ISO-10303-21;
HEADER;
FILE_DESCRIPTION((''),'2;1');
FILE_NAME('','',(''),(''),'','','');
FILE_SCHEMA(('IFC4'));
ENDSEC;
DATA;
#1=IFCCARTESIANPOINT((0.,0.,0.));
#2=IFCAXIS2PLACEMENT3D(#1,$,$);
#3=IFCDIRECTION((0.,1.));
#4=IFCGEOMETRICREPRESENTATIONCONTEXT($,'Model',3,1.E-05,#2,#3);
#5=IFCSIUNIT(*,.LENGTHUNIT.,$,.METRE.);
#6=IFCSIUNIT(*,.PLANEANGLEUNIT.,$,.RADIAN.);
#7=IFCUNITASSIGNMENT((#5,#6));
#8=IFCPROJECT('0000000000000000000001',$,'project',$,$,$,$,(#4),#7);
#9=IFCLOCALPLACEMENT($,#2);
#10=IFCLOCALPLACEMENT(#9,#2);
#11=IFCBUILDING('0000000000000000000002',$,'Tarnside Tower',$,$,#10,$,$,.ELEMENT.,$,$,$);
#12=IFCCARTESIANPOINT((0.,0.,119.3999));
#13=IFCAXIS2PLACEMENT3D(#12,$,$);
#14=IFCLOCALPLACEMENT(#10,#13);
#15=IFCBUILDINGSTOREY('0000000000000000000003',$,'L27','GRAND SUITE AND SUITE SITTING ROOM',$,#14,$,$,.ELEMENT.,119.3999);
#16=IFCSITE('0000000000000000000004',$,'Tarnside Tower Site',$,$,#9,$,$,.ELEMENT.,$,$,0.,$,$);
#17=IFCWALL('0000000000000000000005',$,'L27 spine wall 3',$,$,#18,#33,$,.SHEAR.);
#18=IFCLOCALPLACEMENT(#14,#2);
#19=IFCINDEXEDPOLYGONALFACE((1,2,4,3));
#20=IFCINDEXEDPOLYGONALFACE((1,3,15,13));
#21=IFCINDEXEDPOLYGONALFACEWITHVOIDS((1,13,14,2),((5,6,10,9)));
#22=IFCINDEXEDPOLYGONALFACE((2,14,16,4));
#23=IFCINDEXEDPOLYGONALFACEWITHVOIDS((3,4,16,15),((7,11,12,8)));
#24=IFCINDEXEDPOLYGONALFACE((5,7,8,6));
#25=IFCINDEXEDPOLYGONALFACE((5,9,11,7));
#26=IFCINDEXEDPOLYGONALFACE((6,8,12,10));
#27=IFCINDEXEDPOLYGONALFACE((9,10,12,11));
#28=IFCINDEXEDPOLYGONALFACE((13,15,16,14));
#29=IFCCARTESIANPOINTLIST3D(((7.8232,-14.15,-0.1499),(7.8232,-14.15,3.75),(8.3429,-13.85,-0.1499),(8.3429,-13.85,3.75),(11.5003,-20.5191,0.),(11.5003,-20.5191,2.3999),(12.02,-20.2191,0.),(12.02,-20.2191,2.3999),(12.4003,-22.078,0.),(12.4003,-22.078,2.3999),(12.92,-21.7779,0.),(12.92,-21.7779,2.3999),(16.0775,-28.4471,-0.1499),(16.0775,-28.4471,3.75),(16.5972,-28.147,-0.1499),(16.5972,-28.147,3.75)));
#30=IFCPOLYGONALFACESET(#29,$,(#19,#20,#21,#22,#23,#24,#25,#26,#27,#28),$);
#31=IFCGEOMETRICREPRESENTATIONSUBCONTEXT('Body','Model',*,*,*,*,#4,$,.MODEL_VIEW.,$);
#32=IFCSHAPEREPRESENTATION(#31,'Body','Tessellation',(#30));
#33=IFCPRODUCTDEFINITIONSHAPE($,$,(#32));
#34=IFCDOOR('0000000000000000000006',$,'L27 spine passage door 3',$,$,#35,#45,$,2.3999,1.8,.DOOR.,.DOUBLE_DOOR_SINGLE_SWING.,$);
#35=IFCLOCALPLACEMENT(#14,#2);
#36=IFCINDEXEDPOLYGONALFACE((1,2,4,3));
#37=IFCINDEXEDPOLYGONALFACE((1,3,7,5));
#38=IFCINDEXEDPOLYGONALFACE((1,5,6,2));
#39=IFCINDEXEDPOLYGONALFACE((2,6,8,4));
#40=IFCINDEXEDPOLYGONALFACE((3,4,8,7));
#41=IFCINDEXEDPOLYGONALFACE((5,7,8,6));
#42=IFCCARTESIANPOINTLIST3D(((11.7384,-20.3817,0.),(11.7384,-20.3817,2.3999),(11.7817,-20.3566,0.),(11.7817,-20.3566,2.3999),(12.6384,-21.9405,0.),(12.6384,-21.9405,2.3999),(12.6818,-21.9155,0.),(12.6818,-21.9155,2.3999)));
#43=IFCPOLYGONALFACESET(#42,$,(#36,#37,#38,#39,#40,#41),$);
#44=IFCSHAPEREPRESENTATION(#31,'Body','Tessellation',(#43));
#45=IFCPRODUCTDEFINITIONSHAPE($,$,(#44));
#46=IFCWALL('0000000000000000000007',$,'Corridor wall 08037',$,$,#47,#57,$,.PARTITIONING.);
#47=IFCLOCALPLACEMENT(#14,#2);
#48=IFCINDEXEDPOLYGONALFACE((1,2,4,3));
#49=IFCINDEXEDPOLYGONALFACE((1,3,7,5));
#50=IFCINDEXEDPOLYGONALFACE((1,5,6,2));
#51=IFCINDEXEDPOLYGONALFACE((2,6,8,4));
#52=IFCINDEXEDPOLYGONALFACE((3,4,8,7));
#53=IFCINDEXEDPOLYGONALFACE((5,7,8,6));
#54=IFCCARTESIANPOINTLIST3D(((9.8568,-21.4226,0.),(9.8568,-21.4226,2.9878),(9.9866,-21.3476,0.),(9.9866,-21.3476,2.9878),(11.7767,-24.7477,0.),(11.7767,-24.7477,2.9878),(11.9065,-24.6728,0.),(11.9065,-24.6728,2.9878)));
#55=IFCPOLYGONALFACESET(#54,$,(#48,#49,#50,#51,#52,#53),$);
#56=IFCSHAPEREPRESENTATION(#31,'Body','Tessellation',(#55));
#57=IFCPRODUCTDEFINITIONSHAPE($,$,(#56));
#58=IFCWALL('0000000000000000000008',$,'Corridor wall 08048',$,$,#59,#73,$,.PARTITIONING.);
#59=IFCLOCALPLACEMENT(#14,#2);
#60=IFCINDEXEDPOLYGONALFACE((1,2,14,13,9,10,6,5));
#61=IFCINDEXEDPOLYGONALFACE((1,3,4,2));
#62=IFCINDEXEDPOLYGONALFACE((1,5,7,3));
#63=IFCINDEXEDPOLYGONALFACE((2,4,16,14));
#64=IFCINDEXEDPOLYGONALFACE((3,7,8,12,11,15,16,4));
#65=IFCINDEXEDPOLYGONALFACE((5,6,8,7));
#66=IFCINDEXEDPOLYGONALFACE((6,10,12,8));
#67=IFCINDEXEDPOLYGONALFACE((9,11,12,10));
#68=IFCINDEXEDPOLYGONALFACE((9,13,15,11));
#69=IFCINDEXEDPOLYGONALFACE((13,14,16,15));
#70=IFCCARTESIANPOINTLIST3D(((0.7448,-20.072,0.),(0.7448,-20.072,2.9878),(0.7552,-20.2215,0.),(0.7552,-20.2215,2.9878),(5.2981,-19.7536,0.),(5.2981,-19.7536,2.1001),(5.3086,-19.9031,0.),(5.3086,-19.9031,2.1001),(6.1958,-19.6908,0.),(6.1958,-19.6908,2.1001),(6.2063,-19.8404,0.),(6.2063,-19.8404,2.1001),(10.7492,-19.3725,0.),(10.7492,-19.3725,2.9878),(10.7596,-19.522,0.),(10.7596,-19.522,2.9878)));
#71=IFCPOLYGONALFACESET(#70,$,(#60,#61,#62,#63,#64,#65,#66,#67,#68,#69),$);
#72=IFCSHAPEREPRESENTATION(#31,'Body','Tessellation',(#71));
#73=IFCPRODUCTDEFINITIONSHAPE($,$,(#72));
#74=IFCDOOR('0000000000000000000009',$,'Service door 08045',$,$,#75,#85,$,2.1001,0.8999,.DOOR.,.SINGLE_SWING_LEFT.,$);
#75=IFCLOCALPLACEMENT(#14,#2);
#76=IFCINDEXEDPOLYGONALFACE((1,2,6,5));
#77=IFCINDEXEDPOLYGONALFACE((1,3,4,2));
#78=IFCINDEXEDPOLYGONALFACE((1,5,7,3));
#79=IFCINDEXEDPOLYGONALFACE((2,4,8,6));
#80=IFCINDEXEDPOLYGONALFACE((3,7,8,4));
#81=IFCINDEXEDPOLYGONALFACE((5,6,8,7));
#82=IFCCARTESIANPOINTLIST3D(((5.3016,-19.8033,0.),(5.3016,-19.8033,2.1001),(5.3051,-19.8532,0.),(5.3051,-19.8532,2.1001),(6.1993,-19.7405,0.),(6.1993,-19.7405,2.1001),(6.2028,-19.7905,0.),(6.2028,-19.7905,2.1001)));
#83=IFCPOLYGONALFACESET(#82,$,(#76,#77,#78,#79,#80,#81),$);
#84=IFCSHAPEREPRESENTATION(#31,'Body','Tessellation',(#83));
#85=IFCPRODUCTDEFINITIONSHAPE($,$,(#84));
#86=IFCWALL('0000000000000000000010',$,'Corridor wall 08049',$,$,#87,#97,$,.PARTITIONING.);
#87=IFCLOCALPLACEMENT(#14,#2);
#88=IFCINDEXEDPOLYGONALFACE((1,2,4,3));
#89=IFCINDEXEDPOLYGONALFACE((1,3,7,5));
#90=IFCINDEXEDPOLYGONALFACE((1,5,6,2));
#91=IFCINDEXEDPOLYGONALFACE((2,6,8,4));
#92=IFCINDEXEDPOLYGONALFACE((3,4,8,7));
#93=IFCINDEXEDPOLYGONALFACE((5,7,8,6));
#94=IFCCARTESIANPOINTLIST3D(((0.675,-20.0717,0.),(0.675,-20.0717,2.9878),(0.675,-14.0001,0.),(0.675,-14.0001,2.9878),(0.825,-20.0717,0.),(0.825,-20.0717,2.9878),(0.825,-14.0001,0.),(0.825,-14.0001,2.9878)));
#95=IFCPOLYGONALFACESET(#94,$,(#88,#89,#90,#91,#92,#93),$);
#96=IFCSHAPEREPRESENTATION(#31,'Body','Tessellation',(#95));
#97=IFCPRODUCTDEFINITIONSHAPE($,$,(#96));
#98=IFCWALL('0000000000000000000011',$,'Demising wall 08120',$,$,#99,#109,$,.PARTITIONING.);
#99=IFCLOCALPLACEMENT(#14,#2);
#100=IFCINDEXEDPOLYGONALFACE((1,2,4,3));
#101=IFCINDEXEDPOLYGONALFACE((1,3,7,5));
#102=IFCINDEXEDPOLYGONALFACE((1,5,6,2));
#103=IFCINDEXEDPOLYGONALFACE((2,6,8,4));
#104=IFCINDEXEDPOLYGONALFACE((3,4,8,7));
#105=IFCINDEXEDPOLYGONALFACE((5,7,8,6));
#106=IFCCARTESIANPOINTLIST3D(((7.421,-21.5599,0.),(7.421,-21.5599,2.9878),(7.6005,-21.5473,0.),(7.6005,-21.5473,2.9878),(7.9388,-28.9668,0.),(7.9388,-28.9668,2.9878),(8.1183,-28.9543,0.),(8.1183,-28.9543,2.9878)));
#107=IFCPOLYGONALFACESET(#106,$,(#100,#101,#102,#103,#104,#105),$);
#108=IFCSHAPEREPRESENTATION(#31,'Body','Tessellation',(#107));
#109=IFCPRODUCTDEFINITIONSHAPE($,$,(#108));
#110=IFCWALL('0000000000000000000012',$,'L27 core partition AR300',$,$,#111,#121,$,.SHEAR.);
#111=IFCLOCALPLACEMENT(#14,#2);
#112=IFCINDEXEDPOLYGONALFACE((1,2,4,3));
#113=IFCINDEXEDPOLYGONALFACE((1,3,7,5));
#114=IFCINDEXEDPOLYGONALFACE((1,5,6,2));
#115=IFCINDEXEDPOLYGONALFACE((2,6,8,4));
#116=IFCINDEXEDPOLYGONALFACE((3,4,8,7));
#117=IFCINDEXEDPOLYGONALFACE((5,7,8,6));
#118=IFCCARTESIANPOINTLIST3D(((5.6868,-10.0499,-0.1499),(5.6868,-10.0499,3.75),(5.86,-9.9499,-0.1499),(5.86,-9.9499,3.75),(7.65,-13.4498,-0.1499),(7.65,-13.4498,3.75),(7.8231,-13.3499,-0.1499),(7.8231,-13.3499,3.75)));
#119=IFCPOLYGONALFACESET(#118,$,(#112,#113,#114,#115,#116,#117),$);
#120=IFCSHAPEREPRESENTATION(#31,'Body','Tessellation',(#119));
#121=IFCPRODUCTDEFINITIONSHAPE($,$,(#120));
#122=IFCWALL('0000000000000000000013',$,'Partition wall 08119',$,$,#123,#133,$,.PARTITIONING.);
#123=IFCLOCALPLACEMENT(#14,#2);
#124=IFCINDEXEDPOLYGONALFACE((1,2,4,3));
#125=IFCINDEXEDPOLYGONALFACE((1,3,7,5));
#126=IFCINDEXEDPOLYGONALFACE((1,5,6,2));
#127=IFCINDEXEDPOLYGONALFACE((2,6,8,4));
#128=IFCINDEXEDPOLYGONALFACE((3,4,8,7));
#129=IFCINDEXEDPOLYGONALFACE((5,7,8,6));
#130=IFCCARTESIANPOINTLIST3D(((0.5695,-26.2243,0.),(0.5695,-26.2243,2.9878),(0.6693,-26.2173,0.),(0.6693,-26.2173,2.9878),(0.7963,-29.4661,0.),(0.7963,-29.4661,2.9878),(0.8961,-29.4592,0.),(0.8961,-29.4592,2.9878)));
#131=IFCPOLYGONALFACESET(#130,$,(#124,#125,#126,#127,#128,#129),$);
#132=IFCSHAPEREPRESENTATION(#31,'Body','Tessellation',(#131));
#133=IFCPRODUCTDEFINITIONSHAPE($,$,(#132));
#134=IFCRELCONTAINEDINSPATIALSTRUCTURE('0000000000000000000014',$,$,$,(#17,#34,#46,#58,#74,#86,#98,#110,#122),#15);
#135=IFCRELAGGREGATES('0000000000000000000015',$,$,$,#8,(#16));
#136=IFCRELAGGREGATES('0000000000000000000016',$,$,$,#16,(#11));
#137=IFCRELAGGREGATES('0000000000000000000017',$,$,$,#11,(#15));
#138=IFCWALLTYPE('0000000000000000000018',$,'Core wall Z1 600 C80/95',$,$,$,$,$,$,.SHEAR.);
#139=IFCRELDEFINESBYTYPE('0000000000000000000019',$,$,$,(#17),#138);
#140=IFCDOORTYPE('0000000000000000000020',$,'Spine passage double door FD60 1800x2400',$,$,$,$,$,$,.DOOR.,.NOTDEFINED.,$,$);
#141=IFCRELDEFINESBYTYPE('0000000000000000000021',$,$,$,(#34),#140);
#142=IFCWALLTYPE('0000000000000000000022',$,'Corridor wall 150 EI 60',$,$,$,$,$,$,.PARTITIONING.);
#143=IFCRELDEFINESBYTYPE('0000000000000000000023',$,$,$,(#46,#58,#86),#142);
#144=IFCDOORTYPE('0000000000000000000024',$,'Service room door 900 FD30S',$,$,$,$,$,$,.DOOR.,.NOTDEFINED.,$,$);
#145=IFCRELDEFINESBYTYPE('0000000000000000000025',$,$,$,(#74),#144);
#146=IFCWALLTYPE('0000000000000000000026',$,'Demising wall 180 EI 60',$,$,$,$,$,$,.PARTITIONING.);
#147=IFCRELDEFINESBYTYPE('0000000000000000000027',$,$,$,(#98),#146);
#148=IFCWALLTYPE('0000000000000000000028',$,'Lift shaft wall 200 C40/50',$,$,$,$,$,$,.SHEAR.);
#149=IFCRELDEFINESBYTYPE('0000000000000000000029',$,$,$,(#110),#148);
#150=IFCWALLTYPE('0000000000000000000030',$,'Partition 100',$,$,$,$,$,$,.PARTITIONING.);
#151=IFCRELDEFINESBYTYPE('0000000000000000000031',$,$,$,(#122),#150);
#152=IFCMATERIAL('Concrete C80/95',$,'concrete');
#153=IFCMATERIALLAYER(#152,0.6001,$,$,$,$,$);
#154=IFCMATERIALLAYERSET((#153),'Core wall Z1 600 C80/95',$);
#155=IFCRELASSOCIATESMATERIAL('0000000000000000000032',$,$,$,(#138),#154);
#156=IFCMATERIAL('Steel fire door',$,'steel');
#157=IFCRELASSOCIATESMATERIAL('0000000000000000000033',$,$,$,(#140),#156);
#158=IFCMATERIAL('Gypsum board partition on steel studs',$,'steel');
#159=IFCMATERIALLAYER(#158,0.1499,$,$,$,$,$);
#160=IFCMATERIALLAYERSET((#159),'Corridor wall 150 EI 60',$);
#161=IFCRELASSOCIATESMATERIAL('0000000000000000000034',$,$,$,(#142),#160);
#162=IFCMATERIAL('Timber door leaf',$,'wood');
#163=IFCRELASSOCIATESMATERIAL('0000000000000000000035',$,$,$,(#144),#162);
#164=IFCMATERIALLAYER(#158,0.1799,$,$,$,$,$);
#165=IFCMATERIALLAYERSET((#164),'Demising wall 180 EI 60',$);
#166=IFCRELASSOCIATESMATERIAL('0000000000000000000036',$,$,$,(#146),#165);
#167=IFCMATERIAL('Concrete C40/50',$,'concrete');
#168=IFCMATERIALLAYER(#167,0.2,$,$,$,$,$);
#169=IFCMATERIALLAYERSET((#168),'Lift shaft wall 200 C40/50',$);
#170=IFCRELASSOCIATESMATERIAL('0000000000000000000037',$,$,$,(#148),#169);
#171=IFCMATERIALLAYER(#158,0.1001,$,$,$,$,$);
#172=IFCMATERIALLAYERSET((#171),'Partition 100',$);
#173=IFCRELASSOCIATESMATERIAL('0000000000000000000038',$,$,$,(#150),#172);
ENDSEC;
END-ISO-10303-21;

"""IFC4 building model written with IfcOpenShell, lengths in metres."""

from ifc_helpers import new_model, si_unit, direction, frame, frame_2d, origin, place, context, subcontext, project, spatial, rectangle, extrude, material, layer, layer_set, type_object, element, fill, save


model = new_model("IFC4")

# Units and contexts
model_context = context("Model", 3, precision=1e-05, world=origin(), true_north=direction((0.0, 1.0)))
body_context = subcontext(model_context, "Body", "Model", "MODEL_VIEW")
ifc_project = project(units=[si_unit("LENGTHUNIT", "METRE"), si_unit("PLANEANGLEUNIT", "RADIAN")], contexts=[model_context])

# Site, building, storey
site_placement = place(None, origin())
site = spatial("IfcSite", under=ifc_project, at=site_placement, Name="Tarnside Tower Site", CompositionType="ELEMENT", RefElevation=0.0)
building_placement = place(site_placement, origin())
building = spatial("IfcBuilding", under=site, at=building_placement, Name="Tarnside Tower", CompositionType="ELEMENT")
storey_placement = place(building_placement, frame((0.0, 0.0, 119.3999)))
storey = spatial("IfcBuildingStorey", under=building, at=storey_placement, Name="L27", Description="GRAND SUITE AND SUITE SITTING ROOM", CompositionType="ELEMENT", Elevation=119.3999)

# Shared definitions
ifc_material_1 = material(Name="Gypsum board partition on steel studs", Category="steel")

# Shared definitions
ifc_material_2 = material(Name="Timber door leaf", Category="wood")

# Wall, opening, door
ifc_material_3 = material(Name="Steel fire door", Category="steel")
ifc_material_4 = material(Name="Concrete C80/95", Category="concrete")
ifc_layer_1 = layer(ifc_material_4, 0.6001)
ifc_layer_set_1 = layer_set([ifc_layer_1], Name="Core wall Z1 600 C80/95")
wall_type_1 = type_object("IfcWallType", Name="Core wall Z1 600 C80/95", PredefinedType="SHEAR", material=ifc_layer_set_1)
wall_1_placement = place(storey_placement, frame((8.083, -14.0, -0.1499), z_axis=(0.0, 0.0, 1.0), x_axis=(0.499998, -0.866027, 0.0)))
wall_1 = element("IfcWall", 1, at=wall_1_placement, inside=storey, type_object=wall_type_1, Name="L27 spine wall 3", PredefinedType="SHEAR", context=body_context, shape_type="SweptSolid", body=[
    extrude(rectangle(XDim=16.5088, YDim=0.6001, at=frame_2d((8.2544, 0.0))), origin(), (0.0, 0.0, 1.0), 3.8999),
])
opening_1_placement = place(wall_1_placement, frame((7.3545, 0.0, 0.1499)))
opening_1 = element("IfcOpeningElement", 2, at=opening_1_placement, cuts=wall_1, PredefinedType="OPENING", context=body_context, shape_type="SweptSolid", body=[
    extrude(rectangle(XDim=1.8, YDim=2.3999, at=frame_2d((0.8999, 1.2))), frame((0.0, 0.3101, 0.0), z_axis=(0.0, -1.0, 0.0), x_axis=(1.0, 0.0, 0.0)), (0.0, 0.0, 1.0), 0.6201),
])
door_type_1 = type_object("IfcDoorType", Name="Spine passage double door FD60 1800x2400", OperationType="NOTDEFINED", PredefinedType="DOOR", material=ifc_material_3)
door_1_placement = place(opening_1_placement, origin())
door_1 = element("IfcDoor", 3, at=door_1_placement, inside=storey, type_object=door_type_1, Name="L27 spine passage door 3", OperationType="DOUBLE_DOOR_SINGLE_SWING", OverallHeight=2.3999, OverallWidth=1.8, PredefinedType="DOOR", context=body_context, shape_type="SweptSolid", body=[
    extrude(rectangle(XDim=1.8, YDim=2.3999, at=frame_2d((0.8999, 1.2))), frame((0.0, 0.0249, 0.0), z_axis=(0.0, -1.0, 0.0), x_axis=(1.0, 0.0, 0.0)), (0.0, 0.0, 1.0), 0.05),
])
fill(opening_1, door_1)

# Wall
ifc_layer_2 = layer(ifc_material_1, 0.1499)
ifc_layer_set_2 = layer_set([ifc_layer_2], Name="Corridor wall 150 EI 60")
wall_type_2 = type_object("IfcWallType", Name="Corridor wall 150 EI 60", PredefinedType="PARTITIONING", material=ifc_layer_set_2)
wall_2_placement = place(storey_placement, frame((9.9216, -21.385, 0.0), z_axis=(0.0, 0.0, 1.0), x_axis=(0.500023, -0.866012, 0.0)))
element("IfcWall", 4, at=wall_2_placement, inside=storey, type_object=wall_type_2, Name="Corridor wall 08037", PredefinedType="PARTITIONING", context=body_context, shape_type="SweptSolid", body=[
    extrude(rectangle(XDim=3.8396, YDim=0.1499, at=frame_2d((1.9199, 0.0))), origin(), (0.0, 0.0, 1.0), 2.9878),
])

# Wall, opening, door
wall_3_placement = place(storey_placement, frame((10.7544, -19.4473, 0.0), z_axis=(0.0, 0.0, 1.0), x_axis=(-0.997565, -0.069745, 0.0)))
wall_3 = element("IfcWall", 5, at=wall_3_placement, inside=storey, type_object=wall_type_2, Name="Corridor wall 08048", PredefinedType="PARTITIONING", context=body_context, shape_type="SweptSolid", body=[
    extrude(rectangle(XDim=10.0288, YDim=0.1499, at=frame_2d((5.0144, 0.0))), origin(), (0.0, 0.0, 1.0), 2.9878),
])
opening_2_placement = place(wall_3_placement, frame((4.5645, 0.0, 0.0)))
opening_2 = element("IfcOpeningElement", 6, at=opening_2_placement, cuts=wall_3, PredefinedType="OPENING", context=body_context, shape_type="SweptSolid", body=[
    extrude(rectangle(XDim=0.8999, YDim=2.1001, at=frame_2d((0.45, 1.05))), frame((0.0, 0.085, 0.0), z_axis=(0.0, -1.0, 0.0), x_axis=(1.0, 0.0, 0.0)), (0.0, 0.0, 1.0), 0.1699),
])
door_type_2 = type_object("IfcDoorType", Name="Service room door 900 FD30S", OperationType="NOTDEFINED", PredefinedType="DOOR", material=ifc_material_2)
door_2_placement = place(opening_2_placement, origin())
door_2 = element("IfcDoor", 7, at=door_2_placement, inside=storey, type_object=door_type_2, Name="Service door 08045", OperationType="SINGLE_SWING_LEFT", OverallHeight=2.1001, OverallWidth=0.8999, PredefinedType="DOOR", context=body_context, shape_type="SweptSolid", body=[
    extrude(rectangle(XDim=0.8999, YDim=2.1001, at=frame_2d((0.45, 1.05))), frame((0.0, 0.0249, 0.0), z_axis=(0.0, -1.0, 0.0), x_axis=(1.0, 0.0, 0.0)), (0.0, 0.0, 1.0), 0.05),
])
fill(opening_2, door_2)

# Walls
wall_4_placement = place(storey_placement, frame((0.75, -20.0715, 0.0), z_axis=(0.0, 0.0, 1.0), x_axis=(0.0, 1.0, 0.0)))
element("IfcWall", 8, at=wall_4_placement, inside=storey, type_object=wall_type_2, Name="Corridor wall 08049", PredefinedType="PARTITIONING", context=body_context, shape_type="SweptSolid", body=[
    extrude(rectangle(XDim=6.0715, YDim=0.1499, at=frame_2d((3.0356, 0.0))), origin(), (0.0, 0.0, 1.0), 2.9878),
])
ifc_layer_3 = layer(ifc_material_1, 0.1799)
ifc_layer_set_3 = layer_set([ifc_layer_3], Name="Demising wall 180 EI 60")
wall_type_3 = type_object("IfcWallType", Name="Demising wall 180 EI 60", PredefinedType="PARTITIONING", material=ifc_layer_set_3)
wall_5_placement = place(storey_placement, frame((8.0286, -28.9604, 0.0), z_axis=(0.0, 0.0, 1.0), x_axis=(-0.06974, 0.997565, 0.0)))
element("IfcWall", 9, at=wall_5_placement, inside=storey, type_object=wall_type_3, Name="Demising wall 08120", PredefinedType="PARTITIONING", context=body_context, shape_type="SweptSolid", body=[
    extrude(rectangle(XDim=7.425, YDim=0.1799, at=frame_2d((3.7124, 0.0))), origin(), (0.0, 0.0, 1.0), 2.9878),
])
ifc_material_5 = material(Name="Concrete C40/50", Category="concrete")
ifc_layer_4 = layer(ifc_material_5, 0.2)
ifc_layer_set_4 = layer_set([ifc_layer_4], Name="Lift shaft wall 200 C40/50")
wall_type_4 = type_object("IfcWallType", Name="Lift shaft wall 200 C40/50", PredefinedType="SHEAR", material=ifc_layer_set_4)
wall_6_placement = place(storey_placement, frame((5.7734, -10.0, -0.1499), z_axis=(0.0, 0.0, 1.0), x_axis=(0.500038, -0.866003, 0.0)))
element("IfcWall", 10, at=wall_6_placement, inside=storey, type_object=wall_type_4, Name="L27 core partition AR300", PredefinedType="SHEAR", context=body_context, shape_type="SweptSolid", body=[
    extrude(rectangle(XDim=3.926, YDim=0.2, at=frame_2d((1.9629, 0.0))), origin(), (0.0, 0.0, 1.0), 3.8999),
])
ifc_layer_5 = layer(ifc_material_1, 0.1001)
ifc_layer_set_5 = layer_set([ifc_layer_5], Name="Partition 100")
wall_type_5 = type_object("IfcWallType", Name="Partition 100", PredefinedType="PARTITIONING", material=ifc_layer_set_5)
wall_7_placement = place(storey_placement, frame((0.6194, -26.2207, 0.0), z_axis=(0.0, 0.0, 1.0), x_axis=(0.06979, -0.997562, 0.0)))
element("IfcWall", 11, at=wall_7_placement, inside=storey, type_object=wall_type_5, Name="Partition wall 08119", PredefinedType="PARTITIONING", context=body_context, shape_type="SweptSolid", body=[
    extrude(rectangle(XDim=3.2498, YDim=0.1001, at=frame_2d((1.625, 0.0))), origin(), (0.0, 0.0, 1.0), 2.9878),
])

save(model, "model.ifc")
